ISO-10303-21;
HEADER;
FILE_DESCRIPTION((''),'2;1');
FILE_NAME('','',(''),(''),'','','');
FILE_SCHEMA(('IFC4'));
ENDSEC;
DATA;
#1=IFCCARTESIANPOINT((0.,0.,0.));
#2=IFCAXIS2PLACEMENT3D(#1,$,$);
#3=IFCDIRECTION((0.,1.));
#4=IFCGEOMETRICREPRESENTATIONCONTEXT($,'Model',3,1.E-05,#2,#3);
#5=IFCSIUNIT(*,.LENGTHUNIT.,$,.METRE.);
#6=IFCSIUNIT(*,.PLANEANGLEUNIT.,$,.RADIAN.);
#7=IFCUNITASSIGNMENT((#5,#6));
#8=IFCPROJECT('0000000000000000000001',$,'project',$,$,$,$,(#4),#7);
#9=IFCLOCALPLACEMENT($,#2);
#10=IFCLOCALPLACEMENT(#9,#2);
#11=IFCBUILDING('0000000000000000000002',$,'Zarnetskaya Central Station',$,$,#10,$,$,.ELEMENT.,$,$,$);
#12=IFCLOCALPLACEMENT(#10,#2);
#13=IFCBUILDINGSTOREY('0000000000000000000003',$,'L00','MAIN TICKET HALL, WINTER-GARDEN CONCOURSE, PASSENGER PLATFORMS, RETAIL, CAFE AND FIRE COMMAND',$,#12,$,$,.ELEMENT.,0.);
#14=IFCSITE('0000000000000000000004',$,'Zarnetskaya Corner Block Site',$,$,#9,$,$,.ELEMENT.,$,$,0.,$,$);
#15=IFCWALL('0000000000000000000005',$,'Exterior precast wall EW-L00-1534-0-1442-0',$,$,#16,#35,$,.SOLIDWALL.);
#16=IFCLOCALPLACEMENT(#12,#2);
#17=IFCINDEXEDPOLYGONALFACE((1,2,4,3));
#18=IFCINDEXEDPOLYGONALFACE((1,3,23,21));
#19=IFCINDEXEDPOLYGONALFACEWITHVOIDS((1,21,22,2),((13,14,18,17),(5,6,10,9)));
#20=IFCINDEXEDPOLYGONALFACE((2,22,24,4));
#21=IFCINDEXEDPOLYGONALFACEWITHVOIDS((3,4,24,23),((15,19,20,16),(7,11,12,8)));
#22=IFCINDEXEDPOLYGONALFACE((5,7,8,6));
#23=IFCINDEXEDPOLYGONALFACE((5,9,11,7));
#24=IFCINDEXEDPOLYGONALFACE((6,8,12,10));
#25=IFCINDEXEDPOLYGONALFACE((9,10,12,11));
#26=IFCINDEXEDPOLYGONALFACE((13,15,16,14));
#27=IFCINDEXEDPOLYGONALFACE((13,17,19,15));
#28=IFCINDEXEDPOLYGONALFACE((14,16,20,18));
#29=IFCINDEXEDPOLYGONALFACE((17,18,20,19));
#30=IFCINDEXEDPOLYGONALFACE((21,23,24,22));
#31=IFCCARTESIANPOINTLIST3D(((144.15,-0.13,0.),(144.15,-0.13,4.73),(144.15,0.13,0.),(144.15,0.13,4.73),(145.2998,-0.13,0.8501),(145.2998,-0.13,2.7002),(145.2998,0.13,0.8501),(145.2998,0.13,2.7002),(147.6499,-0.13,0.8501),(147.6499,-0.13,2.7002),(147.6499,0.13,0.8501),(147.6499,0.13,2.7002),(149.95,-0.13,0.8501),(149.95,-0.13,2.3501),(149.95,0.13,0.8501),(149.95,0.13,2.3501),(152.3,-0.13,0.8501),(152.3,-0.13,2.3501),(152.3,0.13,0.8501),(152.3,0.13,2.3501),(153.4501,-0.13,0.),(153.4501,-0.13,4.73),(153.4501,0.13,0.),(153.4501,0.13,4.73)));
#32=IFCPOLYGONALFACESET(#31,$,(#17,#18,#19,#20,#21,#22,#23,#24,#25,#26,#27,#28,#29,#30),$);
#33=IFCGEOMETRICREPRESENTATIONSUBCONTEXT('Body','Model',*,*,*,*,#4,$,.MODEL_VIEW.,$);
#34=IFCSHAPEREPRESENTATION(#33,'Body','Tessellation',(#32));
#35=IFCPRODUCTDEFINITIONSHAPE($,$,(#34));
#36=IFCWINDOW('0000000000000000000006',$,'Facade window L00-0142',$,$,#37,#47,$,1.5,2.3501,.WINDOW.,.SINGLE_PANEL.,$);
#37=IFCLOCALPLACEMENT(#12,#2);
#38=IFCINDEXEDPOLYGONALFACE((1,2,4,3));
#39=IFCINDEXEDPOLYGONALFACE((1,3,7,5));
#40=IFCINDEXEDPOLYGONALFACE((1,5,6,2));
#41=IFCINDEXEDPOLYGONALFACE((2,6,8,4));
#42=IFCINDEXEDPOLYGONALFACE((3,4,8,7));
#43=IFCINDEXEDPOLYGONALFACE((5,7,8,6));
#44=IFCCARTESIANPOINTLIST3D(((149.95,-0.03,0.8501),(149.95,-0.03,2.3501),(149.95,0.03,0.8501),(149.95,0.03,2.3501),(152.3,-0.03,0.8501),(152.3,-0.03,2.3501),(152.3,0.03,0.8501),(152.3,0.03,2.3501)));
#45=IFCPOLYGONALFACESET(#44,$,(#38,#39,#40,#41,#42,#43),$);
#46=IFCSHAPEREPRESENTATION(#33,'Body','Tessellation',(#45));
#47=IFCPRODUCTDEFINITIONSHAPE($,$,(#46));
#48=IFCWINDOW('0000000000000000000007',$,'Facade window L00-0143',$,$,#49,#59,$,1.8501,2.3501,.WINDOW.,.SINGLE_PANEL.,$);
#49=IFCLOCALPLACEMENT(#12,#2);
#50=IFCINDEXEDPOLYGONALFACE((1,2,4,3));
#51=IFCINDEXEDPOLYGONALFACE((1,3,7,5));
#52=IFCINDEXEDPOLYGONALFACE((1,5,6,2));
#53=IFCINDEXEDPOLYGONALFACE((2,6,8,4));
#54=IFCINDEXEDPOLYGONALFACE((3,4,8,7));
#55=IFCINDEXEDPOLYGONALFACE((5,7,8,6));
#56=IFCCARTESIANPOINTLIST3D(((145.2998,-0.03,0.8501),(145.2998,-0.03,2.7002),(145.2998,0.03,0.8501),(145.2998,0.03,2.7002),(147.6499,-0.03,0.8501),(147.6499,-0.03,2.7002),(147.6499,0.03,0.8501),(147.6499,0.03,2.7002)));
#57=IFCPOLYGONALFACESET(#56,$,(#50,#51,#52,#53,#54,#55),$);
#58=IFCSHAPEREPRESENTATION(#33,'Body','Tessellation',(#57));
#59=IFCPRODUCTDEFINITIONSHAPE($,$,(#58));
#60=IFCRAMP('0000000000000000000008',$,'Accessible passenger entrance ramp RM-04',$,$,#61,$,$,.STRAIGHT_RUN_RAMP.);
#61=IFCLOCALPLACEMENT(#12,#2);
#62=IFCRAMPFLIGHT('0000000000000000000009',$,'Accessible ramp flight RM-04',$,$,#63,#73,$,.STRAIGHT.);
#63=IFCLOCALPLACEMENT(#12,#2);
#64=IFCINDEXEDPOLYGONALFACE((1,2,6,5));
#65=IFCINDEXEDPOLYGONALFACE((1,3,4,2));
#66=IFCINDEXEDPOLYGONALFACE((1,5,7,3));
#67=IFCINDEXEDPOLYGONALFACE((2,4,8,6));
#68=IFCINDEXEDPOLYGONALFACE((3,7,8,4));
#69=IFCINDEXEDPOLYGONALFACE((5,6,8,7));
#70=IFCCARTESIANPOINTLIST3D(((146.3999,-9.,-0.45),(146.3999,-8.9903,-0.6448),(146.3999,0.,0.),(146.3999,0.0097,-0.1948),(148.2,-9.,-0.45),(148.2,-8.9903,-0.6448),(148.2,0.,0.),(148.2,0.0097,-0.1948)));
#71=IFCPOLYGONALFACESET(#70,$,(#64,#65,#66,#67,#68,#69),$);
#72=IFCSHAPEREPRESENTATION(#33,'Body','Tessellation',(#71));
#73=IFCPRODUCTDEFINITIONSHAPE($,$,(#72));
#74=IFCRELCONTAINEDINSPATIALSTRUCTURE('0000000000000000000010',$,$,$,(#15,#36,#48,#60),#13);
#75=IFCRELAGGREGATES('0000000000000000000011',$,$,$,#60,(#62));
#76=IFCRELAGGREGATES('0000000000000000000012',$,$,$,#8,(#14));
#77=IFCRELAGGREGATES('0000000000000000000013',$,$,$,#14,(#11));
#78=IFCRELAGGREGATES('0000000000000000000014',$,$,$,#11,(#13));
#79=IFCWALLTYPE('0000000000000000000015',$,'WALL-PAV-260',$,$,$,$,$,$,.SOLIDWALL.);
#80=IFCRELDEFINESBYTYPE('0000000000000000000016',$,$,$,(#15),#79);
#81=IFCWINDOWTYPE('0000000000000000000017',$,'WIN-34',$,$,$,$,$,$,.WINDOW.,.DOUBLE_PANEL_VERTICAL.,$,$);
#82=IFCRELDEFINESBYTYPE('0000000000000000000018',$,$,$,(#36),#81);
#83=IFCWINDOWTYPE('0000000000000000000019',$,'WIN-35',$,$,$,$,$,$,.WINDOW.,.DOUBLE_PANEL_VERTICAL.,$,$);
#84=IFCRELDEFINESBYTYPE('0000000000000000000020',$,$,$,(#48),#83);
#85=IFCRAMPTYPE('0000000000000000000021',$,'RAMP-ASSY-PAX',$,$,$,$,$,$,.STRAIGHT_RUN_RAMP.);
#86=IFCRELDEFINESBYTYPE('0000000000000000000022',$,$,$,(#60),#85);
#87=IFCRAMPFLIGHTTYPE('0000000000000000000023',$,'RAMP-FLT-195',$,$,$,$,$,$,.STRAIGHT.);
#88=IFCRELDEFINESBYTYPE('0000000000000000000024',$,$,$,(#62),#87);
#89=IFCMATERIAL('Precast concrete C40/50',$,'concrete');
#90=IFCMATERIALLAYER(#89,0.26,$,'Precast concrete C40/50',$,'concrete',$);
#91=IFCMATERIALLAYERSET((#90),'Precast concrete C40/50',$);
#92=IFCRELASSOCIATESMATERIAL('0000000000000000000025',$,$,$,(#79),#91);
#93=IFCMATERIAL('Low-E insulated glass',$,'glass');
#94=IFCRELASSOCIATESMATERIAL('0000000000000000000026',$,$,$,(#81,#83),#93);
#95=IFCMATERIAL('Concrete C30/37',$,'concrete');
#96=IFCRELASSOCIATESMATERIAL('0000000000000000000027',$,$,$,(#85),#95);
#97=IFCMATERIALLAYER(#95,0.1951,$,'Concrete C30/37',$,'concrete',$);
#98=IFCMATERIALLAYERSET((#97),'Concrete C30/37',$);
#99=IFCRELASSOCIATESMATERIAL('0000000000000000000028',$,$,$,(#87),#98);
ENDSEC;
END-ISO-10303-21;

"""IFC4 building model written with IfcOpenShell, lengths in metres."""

from ifc_helpers import new_model, si_unit, direction, frame, frame_2d, origin, place, context, subcontext, project, spatial, polyline, rectangle, outline, extrude, material, layer, layer_set, type_object, element, fill, aggregate, save


model = new_model("IFC4")

# Units and contexts
model_context = context("Model", 3, precision=1e-05, world=origin(), true_north=direction((0.0, 1.0)))
body_context = subcontext(model_context, "Body", "Model", "MODEL_VIEW")
ifc_project = project(units=[si_unit("LENGTHUNIT", "METRE"), si_unit("PLANEANGLEUNIT", "RADIAN")], contexts=[model_context])

# Site, building, storey
site_placement = place(None, origin())
site = spatial("IfcSite", under=ifc_project, at=site_placement, Name="Zarnetskaya Corner Block Site", CompositionType="ELEMENT", RefElevation=0.0)
building_placement = place(site_placement, origin())
building = spatial("IfcBuilding", under=site, at=building_placement, Name="Zarnetskaya Central Station", CompositionType="ELEMENT")
storey_placement = place(building_placement, origin())
storey = spatial("IfcBuildingStorey", under=building, at=storey_placement, Name="L00", Description="MAIN TICKET HALL, WINTER-GARDEN CONCOURSE, PASSENGER PLATFORMS, RETAIL, CAFE AND FIRE COMMAND", CompositionType="ELEMENT", Elevation=0.0)

# Shared definitions
ifc_material_1 = material(Name="Low-E insulated glass", Category="glass")

# Wall, openings, windows
ifc_material_2 = material(Name="Precast concrete C40/50", Category="concrete")
ifc_layer_1 = layer(ifc_material_2, 0.26, Name="Precast concrete C40/50", Category="concrete")
ifc_layer_set_1 = layer_set([ifc_layer_1], Name="Precast concrete C40/50")
wall_type_1 = type_object("IfcWallType", Name="WALL-PAV-260", PredefinedType="SOLIDWALL", material=ifc_layer_set_1)
wall_1_placement = place(storey_placement, frame((153.45, 0.0, 0.0), z_axis=(0.0, 0.0, 1.0), x_axis=(-1.0, 0.0, 0.0)))
wall_1 = element("IfcWall", 1, at=wall_1_placement, inside=storey, type_object=wall_type_1, Name="Exterior precast wall EW-L00-1534-0-1442-0", PredefinedType="SOLIDWALL", context=body_context, shape_type="SweptSolid", body=[
    extrude(rectangle(XDim=9.3, YDim=0.26, at=frame_2d((4.6499, 0.0))), origin(), (0.0, 0.0, 1.0), 4.73),
])
opening_1_placement = place(wall_1_placement, frame((1.1499, 0.0, 0.8501)))
opening_1 = element("IfcOpeningElement", 2, at=opening_1_placement, cuts=wall_1, PredefinedType="OPENING", context=body_context, shape_type="SweptSolid", body=[
    extrude(rectangle(XDim=2.3501, YDim=1.5, at=frame_2d((1.175, 0.75))), frame((0.0, 0.1401, 0.0), z_axis=(0.0, -1.0, 0.0), x_axis=(1.0, 0.0, 0.0)), (0.0, 0.0, 1.0), 0.28),
])
opening_2_placement = place(wall_1_placement, frame((5.8, 0.0, 0.8501)))
opening_2 = element("IfcOpeningElement", 3, at=opening_2_placement, cuts=wall_1, PredefinedType="OPENING", context=body_context, shape_type="SweptSolid", body=[
    extrude(rectangle(XDim=2.3501, YDim=1.8501, at=frame_2d((1.175, 0.925))), frame((0.0, 0.1401, 0.0), z_axis=(0.0, -1.0, 0.0), x_axis=(1.0, 0.0, 0.0)), (0.0, 0.0, 1.0), 0.28),
])
window_type_1 = type_object("IfcWindowType", Name="WIN-34", PartitioningType="DOUBLE_PANEL_VERTICAL", PredefinedType="WINDOW", material=ifc_material_1)
window_1_placement = place(opening_1_placement, origin())
window_1 = element("IfcWindow", 4, at=window_1_placement, inside=storey, type_object=window_type_1, Name="Facade window L00-0142", OverallHeight=1.5, OverallWidth=2.3501, PartitioningType="SINGLE_PANEL", PredefinedType="WINDOW", context=body_context, shape_type="SweptSolid", body=[
    extrude(rectangle(XDim=2.3501, YDim=1.5, at=frame_2d((1.175, 0.75))), frame((0.0, 0.03, 0.0), z_axis=(0.0, -1.0, 0.0), x_axis=(1.0, 0.0, 0.0)), (0.0, 0.0, 1.0), 0.0601),
])
fill(opening_1, window_1)
window_type_2 = type_object("IfcWindowType", Name="WIN-35", PartitioningType="DOUBLE_PANEL_VERTICAL", PredefinedType="WINDOW", material=ifc_material_1)
window_2_placement = place(opening_2_placement, origin())
window_2 = element("IfcWindow", 5, at=window_2_placement, inside=storey, type_object=window_type_2, Name="Facade window L00-0143", OverallHeight=1.8501, OverallWidth=2.3501, PartitioningType="SINGLE_PANEL", PredefinedType="WINDOW", context=body_context, shape_type="SweptSolid", body=[
    extrude(rectangle(XDim=2.3501, YDim=1.8501, at=frame_2d((1.175, 0.925))), frame((0.0, 0.03, 0.0), z_axis=(0.0, -1.0, 0.0), x_axis=(1.0, 0.0, 0.0)), (0.0, 0.0, 1.0), 0.0601),
])
fill(opening_2, window_2)

# Ramp, ramp flight
ifc_material_3 = material(Name="Concrete C30/37", Category="concrete")
ramp_type = type_object("IfcRampType", Name="RAMP-ASSY-PAX", PredefinedType="STRAIGHT_RUN_RAMP", material=ifc_material_3)
ramp_placement = place(storey_placement, origin())
ramp = element("IfcRamp", 6, at=ramp_placement, inside=storey, type_object=ramp_type, Name="Accessible passenger entrance ramp RM-04", PredefinedType="STRAIGHT_RUN_RAMP")
ifc_layer_2 = layer(ifc_material_3, 0.1951, Name="Concrete C30/37", Category="concrete")
ifc_layer_set_2 = layer_set([ifc_layer_2], Name="Concrete C30/37")
ramp_flight_type = type_object("IfcRampFlightType", Name="RAMP-FLT-195", PredefinedType="STRAIGHT", material=ifc_layer_set_2)
ramp_flight_placement = place(storey_placement, frame((146.3999, -9.0, -0.45), z_axis=(0.0, -0.049932, 0.998753), x_axis=(1.0, 0.0, 0.0)))
ramp_flight = element("IfcRampFlight", 7, at=ramp_flight_placement, type_object=ramp_flight_type, Name="Accessible ramp flight RM-04", PredefinedType="STRAIGHT", context=body_context, shape_type="SweptSolid", body=[
    extrude(outline(polyline([(0.0, 0.0), (1.8, 0.0), (1.8, 9.0112), (0.0, 9.0112), (0.0, 0.0)])), origin(), (0.0, 0.0, -1.0), 0.1951),
])
aggregate(ramp, [ramp_flight])

save(model, "model.ifc")
